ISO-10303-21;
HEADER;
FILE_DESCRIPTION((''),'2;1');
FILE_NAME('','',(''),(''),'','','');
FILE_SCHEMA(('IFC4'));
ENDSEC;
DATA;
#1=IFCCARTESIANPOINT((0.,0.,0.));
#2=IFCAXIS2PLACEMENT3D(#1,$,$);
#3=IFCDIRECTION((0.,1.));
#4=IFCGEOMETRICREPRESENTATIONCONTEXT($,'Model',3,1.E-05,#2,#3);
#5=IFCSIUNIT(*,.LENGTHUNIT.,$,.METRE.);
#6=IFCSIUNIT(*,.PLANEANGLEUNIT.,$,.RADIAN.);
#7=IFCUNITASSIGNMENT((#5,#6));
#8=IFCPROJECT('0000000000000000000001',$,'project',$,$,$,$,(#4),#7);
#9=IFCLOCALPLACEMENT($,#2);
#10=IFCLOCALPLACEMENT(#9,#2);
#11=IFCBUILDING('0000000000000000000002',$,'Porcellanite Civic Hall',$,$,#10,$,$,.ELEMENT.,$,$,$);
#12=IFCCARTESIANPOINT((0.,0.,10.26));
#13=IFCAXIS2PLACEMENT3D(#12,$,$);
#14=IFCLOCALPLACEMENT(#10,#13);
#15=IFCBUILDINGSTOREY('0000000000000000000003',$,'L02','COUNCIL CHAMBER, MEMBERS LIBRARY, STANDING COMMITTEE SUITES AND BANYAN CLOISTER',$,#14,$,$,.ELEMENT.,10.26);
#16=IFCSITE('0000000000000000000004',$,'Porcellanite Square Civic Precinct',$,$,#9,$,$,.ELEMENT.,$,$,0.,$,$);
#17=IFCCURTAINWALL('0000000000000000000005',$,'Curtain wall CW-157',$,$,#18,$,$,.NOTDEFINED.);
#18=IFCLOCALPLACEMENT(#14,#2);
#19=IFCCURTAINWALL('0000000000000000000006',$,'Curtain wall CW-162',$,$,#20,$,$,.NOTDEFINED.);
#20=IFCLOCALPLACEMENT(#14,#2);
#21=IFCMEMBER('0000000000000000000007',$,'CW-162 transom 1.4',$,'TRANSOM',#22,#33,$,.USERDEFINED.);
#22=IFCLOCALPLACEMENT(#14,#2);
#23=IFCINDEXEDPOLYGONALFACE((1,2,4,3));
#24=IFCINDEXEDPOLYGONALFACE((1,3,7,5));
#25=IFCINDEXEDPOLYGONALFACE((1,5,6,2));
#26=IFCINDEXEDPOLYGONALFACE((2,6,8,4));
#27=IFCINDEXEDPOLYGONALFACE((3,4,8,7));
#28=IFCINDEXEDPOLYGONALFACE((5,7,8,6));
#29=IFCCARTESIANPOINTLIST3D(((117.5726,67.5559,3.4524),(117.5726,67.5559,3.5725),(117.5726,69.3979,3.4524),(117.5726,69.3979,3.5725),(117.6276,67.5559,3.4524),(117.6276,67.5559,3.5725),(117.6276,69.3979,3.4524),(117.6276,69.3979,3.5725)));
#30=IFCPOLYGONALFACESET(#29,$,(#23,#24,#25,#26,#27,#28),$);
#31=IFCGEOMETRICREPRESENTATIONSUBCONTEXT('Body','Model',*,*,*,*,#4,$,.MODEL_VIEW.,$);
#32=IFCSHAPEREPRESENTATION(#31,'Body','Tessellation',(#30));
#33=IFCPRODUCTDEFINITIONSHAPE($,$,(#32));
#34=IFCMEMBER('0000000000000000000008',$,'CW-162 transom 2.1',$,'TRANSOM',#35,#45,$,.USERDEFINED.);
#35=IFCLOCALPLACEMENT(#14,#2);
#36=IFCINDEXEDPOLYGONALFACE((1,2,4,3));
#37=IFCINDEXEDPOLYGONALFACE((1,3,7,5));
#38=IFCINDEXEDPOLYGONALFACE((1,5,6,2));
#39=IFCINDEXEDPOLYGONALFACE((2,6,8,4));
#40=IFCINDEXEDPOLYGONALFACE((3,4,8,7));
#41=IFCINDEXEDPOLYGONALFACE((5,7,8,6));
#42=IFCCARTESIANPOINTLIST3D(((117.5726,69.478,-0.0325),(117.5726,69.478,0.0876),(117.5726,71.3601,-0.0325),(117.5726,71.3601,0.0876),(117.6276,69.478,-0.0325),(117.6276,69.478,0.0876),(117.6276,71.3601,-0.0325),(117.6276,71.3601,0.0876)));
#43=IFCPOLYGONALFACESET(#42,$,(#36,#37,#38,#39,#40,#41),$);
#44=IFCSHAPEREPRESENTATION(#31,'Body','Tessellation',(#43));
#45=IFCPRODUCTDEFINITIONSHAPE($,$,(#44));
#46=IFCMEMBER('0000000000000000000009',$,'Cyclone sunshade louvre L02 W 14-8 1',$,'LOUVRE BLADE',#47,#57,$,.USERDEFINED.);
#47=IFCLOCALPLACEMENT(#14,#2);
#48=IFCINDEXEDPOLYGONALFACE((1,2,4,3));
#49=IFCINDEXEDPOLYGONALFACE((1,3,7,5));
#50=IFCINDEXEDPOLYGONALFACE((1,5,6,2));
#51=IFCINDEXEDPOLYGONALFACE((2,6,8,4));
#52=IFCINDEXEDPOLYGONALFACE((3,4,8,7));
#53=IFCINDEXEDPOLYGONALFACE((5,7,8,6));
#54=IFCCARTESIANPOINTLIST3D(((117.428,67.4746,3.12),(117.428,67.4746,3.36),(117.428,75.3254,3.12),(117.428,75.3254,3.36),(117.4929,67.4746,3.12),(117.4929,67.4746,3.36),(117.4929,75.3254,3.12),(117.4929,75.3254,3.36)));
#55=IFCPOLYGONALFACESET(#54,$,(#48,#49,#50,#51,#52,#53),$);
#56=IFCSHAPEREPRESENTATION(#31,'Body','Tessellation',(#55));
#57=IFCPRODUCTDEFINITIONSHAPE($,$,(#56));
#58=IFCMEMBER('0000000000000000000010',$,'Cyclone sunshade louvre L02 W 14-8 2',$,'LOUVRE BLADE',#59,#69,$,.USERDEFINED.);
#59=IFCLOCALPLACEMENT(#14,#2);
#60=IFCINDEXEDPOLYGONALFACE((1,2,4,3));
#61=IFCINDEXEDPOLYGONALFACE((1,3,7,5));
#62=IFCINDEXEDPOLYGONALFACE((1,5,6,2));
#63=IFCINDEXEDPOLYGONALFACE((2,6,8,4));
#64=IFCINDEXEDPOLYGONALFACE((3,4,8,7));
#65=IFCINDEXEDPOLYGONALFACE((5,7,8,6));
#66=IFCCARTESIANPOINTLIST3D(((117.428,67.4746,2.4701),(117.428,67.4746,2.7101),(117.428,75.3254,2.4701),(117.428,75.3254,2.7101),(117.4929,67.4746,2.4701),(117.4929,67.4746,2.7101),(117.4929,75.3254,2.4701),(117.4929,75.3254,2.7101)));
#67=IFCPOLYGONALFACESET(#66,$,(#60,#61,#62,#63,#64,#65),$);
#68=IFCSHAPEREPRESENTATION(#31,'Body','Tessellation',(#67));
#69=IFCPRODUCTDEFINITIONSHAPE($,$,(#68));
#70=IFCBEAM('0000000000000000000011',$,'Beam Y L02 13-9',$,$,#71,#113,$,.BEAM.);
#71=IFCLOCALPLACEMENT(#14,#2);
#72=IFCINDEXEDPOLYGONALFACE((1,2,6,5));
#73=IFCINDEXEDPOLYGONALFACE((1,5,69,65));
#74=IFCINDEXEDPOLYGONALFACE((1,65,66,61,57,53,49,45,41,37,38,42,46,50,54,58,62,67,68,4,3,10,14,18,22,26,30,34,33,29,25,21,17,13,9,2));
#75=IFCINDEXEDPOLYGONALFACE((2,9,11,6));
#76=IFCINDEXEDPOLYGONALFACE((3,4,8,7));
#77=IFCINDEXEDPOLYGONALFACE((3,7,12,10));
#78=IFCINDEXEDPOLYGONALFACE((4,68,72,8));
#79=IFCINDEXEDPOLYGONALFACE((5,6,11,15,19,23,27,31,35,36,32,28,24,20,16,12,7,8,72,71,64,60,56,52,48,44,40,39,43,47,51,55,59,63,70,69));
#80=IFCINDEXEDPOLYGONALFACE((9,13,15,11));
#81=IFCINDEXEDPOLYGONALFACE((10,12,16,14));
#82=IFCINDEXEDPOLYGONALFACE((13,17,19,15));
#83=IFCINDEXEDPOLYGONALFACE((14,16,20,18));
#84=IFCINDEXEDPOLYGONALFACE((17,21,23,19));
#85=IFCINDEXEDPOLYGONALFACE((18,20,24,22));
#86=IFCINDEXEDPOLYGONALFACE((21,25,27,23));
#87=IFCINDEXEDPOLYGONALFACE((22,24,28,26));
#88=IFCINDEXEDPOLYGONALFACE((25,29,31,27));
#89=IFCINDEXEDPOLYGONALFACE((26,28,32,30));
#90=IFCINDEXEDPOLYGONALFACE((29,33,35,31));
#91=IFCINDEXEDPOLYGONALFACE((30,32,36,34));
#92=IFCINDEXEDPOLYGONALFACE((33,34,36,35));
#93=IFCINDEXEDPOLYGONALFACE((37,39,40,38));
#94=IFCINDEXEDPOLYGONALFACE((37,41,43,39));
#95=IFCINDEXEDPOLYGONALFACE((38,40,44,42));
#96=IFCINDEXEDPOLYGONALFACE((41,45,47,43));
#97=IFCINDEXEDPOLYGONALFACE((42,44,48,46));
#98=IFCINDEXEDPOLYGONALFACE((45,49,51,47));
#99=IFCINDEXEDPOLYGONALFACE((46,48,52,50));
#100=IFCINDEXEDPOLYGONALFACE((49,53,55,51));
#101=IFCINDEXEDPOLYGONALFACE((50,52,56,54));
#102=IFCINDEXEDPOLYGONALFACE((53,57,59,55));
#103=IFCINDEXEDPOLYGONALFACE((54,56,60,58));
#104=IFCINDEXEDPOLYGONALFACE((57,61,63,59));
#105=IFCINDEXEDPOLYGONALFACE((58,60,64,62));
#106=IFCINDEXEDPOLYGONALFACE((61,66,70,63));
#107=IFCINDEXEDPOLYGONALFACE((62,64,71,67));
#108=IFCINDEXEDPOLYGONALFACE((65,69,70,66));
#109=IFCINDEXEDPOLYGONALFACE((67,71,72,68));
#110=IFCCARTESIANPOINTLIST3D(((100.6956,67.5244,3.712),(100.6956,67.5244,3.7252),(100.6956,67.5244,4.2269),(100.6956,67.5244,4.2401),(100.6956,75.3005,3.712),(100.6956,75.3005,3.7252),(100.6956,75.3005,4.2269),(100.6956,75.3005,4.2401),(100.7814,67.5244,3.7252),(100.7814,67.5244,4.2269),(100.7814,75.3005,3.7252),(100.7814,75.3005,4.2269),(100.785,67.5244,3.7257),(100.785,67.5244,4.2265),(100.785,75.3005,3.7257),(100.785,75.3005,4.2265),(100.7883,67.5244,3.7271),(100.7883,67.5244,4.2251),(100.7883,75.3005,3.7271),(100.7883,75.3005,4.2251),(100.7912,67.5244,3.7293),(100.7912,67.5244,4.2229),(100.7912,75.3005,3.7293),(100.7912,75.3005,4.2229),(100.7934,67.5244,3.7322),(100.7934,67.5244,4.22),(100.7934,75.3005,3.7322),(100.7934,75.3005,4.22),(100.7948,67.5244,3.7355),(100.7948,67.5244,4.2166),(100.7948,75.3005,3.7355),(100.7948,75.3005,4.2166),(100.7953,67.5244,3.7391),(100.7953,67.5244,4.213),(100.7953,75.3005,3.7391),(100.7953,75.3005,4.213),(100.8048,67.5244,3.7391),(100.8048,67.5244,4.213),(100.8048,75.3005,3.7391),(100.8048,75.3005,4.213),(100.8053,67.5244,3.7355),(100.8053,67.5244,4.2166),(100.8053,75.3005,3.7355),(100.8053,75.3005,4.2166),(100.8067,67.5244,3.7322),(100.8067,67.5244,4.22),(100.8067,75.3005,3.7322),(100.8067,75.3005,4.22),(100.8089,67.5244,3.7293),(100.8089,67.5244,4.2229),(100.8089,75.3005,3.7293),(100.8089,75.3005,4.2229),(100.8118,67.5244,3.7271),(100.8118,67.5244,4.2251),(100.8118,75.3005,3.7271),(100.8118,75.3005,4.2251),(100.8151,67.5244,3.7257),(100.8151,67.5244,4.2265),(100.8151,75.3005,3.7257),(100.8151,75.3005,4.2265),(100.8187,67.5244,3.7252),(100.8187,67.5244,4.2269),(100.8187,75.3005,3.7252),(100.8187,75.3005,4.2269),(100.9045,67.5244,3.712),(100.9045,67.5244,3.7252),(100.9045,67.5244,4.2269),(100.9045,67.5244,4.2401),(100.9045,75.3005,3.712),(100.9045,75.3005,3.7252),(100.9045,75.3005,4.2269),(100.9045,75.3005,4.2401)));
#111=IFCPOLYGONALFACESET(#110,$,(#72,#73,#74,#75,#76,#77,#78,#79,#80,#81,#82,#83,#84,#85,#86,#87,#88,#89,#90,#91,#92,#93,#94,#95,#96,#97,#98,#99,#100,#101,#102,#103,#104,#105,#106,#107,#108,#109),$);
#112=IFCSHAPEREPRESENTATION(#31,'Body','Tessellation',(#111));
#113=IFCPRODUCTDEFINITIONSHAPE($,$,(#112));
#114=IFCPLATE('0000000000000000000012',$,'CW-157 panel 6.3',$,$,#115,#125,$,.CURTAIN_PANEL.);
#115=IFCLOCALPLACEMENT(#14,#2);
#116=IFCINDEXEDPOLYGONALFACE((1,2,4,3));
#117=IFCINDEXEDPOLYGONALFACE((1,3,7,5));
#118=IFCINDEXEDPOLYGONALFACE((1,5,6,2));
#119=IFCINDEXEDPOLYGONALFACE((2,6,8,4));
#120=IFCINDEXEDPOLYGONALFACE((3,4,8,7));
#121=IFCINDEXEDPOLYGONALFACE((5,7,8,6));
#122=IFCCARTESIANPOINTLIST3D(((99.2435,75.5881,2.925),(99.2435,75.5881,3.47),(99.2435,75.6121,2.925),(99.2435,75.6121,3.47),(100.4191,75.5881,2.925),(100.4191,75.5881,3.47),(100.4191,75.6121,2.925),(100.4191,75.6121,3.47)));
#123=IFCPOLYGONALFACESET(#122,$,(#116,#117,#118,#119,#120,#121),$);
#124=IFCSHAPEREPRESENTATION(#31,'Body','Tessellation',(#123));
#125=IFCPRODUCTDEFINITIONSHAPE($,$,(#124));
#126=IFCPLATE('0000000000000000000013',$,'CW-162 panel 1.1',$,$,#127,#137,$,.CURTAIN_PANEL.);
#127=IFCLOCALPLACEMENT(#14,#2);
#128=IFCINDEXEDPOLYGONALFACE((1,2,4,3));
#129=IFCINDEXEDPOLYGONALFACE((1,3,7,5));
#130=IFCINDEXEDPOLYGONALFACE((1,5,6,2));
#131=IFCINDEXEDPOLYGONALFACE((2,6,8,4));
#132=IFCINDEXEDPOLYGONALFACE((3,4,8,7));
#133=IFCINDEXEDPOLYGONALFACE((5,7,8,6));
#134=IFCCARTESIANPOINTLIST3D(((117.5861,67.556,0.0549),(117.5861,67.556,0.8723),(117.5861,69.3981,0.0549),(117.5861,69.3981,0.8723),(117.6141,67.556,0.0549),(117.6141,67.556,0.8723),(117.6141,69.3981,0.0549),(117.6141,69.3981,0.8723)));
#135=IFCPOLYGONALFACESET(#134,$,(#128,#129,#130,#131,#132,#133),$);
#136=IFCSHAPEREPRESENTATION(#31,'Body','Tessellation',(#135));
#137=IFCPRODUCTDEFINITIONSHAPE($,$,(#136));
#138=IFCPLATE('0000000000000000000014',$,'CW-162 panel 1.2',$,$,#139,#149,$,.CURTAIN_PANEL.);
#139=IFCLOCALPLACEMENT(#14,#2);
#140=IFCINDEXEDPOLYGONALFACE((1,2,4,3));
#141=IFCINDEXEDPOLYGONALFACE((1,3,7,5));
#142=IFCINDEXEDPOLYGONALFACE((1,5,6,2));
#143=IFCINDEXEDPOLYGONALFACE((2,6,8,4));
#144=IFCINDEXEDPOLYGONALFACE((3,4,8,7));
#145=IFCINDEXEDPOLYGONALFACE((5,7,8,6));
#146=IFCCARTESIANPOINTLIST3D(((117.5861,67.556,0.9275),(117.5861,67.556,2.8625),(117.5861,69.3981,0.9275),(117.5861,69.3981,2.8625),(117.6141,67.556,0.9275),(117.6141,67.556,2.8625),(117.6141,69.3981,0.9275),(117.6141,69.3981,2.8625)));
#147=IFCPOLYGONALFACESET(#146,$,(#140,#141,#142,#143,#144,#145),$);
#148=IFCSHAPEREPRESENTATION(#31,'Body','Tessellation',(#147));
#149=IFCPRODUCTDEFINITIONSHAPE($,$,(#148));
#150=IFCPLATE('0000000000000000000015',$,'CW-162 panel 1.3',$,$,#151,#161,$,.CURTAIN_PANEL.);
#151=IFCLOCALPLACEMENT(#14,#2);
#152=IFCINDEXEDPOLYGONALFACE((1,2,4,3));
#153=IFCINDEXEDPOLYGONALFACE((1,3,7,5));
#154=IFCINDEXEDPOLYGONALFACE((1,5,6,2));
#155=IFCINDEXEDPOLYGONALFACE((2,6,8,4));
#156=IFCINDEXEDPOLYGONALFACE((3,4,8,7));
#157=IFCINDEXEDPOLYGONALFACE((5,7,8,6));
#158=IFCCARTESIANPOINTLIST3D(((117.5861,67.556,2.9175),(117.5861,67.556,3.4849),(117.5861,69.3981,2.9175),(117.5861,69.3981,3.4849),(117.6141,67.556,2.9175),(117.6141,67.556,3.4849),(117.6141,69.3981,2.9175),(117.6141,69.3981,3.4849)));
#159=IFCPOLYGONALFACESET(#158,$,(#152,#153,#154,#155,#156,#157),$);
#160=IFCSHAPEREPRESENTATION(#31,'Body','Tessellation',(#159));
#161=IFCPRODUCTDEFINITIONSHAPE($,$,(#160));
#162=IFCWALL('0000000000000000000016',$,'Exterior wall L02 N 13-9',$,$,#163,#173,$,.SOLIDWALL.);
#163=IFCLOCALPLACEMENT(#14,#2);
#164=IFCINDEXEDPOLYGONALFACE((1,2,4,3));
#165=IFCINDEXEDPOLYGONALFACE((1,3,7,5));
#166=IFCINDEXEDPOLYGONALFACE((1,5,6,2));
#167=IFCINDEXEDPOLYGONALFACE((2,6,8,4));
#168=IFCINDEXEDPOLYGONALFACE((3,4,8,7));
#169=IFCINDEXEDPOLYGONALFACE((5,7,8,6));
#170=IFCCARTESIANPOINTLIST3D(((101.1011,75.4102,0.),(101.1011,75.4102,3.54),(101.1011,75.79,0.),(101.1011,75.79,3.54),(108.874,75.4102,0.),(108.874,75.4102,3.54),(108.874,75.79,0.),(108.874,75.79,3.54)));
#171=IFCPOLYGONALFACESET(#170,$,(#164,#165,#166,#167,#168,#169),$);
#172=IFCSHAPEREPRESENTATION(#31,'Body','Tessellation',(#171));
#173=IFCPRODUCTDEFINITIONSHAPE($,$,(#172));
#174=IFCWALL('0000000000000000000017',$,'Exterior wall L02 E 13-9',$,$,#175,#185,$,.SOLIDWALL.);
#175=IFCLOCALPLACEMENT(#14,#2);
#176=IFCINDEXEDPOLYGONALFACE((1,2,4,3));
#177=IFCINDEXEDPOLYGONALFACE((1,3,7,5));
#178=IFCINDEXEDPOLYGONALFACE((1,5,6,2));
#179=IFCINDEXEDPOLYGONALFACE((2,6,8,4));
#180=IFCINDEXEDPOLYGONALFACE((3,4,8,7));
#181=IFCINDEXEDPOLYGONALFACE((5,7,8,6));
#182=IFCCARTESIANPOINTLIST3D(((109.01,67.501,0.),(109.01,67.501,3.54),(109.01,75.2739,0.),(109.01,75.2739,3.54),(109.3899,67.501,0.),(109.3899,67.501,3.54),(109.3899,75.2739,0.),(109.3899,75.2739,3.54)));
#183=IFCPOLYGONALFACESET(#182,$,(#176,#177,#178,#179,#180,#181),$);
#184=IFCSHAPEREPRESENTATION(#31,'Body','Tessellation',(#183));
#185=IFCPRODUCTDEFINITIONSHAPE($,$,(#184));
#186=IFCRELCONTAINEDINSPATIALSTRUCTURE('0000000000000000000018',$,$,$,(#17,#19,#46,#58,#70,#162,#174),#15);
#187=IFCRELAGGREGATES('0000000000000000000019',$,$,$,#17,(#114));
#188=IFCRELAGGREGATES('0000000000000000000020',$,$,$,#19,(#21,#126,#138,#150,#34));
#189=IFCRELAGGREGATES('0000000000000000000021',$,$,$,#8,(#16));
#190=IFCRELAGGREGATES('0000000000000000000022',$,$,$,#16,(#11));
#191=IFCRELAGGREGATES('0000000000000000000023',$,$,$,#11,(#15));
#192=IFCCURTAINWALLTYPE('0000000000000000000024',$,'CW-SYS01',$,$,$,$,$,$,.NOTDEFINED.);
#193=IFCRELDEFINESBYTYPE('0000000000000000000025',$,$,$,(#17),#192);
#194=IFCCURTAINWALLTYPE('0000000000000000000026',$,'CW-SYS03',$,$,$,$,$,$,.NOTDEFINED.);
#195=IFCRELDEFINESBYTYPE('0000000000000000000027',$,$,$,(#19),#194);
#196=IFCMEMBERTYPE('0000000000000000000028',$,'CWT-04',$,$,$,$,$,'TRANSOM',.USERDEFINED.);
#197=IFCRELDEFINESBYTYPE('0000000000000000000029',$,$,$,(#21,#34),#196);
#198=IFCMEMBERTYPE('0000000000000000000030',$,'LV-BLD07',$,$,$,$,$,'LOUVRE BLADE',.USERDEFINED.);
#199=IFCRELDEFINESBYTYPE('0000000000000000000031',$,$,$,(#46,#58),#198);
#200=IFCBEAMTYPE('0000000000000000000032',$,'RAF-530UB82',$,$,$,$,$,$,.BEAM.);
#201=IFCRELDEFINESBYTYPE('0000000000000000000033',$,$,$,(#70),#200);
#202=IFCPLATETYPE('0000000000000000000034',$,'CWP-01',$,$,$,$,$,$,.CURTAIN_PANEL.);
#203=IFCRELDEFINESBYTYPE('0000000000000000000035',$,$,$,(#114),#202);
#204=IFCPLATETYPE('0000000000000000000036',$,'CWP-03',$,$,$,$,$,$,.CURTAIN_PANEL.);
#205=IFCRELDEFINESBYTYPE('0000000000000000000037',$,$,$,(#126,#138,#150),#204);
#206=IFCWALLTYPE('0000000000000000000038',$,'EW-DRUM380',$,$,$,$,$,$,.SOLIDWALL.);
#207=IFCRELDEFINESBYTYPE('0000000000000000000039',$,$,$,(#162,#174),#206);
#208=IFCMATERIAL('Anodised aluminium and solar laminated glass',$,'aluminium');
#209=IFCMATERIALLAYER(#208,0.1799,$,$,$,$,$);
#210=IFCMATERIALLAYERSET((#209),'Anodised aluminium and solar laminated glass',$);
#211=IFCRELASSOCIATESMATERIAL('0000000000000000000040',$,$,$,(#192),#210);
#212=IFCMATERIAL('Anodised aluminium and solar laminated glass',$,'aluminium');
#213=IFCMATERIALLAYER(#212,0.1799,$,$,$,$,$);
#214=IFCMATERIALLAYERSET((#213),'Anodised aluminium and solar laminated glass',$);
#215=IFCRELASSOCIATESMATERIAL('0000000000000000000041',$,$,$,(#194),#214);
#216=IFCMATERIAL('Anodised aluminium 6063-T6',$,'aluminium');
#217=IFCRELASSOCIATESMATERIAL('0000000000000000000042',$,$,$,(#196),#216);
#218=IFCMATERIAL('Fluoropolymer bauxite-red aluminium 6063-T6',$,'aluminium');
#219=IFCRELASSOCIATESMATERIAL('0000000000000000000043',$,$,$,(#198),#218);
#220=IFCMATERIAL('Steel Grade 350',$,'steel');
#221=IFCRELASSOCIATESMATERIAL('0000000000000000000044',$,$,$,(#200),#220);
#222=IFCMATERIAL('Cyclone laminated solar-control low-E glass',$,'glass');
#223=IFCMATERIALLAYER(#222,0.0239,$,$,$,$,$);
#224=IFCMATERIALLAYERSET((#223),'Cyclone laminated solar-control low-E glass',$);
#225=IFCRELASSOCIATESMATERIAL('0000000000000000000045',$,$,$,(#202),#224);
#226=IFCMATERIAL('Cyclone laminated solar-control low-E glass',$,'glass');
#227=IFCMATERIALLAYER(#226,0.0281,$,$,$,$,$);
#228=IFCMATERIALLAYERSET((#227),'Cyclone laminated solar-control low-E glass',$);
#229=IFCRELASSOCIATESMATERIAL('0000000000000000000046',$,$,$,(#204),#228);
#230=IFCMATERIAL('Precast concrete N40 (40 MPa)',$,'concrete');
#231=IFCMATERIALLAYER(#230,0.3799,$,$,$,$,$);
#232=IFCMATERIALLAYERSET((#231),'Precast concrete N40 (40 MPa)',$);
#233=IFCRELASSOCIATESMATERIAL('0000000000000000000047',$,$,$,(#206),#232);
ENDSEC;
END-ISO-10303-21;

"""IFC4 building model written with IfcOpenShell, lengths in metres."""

from ifc_helpers import new_model, si_unit, direction, frame, frame_2d, origin, origin_2d, place, context, subcontext, project, spatial, rectangle, i_section, extrude, material, layer, layer_set, material_profile, profile_set, type_object, element, aggregate, save


model = new_model("IFC4")

# Units and contexts
model_context = context("Model", 3, precision=1e-05, world=origin(), true_north=direction((0.0, 1.0)))
body_context = subcontext(model_context, "Body", "Model", "MODEL_VIEW")
ifc_project = project(units=[si_unit("LENGTHUNIT", "METRE"), si_unit("PLANEANGLEUNIT", "RADIAN")], contexts=[model_context])

# Site, building, storey
site_placement = place(None, origin())
site = spatial("IfcSite", under=ifc_project, at=site_placement, Name="Porcellanite Square Civic Precinct", CompositionType="ELEMENT", RefElevation=0.0)
building_placement = place(site_placement, origin())
building = spatial("IfcBuilding", under=site, at=building_placement, Name="Porcellanite Civic Hall", CompositionType="ELEMENT")
storey_placement = place(building_placement, frame((0.0, 0.0, 10.26)))
storey = spatial("IfcBuildingStorey", under=building, at=storey_placement, Name="L02", Description="COUNCIL CHAMBER, MEMBERS LIBRARY, STANDING COMMITTEE SUITES AND BANYAN CLOISTER", CompositionType="ELEMENT", Elevation=10.26)

# Curtain wall
ifc_material_1 = material(Name="Anodised aluminium and solar laminated glass", Category="aluminium")
ifc_layer_1 = layer(ifc_material_1, 0.1799)
ifc_layer_set_1 = layer_set([ifc_layer_1], Name="Anodised aluminium and solar laminated glass")
curtain_wall_type_1 = type_object("IfcCurtainWallType", Name="CW-SYS01", PredefinedType="NOTDEFINED", material=ifc_layer_set_1)
curtain_wall_1_placement = place(storey_placement, origin())
curtain_wall_1 = element("IfcCurtainWall", 1, at=curtain_wall_1_placement, inside=storey, type_object=curtain_wall_type_1, Name="Curtain wall CW-157", PredefinedType="NOTDEFINED")

# Curtain wall, members
ifc_material_2 = material(Name="Anodised aluminium and solar laminated glass", Category="aluminium")
ifc_layer_2 = layer(ifc_material_2, 0.1799)
ifc_layer_set_2 = layer_set([ifc_layer_2], Name="Anodised aluminium and solar laminated glass")
curtain_wall_type_2 = type_object("IfcCurtainWallType", Name="CW-SYS03", PredefinedType="NOTDEFINED", material=ifc_layer_set_2)
curtain_wall_2_placement = place(storey_placement, origin())
curtain_wall_2 = element("IfcCurtainWall", 2, at=curtain_wall_2_placement, inside=storey, type_object=curtain_wall_type_2, Name="Curtain wall CW-162", PredefinedType="NOTDEFINED")
ifc_material_3 = material(Name="Anodised aluminium 6063-T6", Category="aluminium")
ifc_material_profile_1 = material_profile(ifc_material_3, rectangle(XDim=0.0549, YDim=0.1201, at=origin_2d()), Name="AL-55x120")
ifc_profile_set_1 = profile_set([ifc_material_profile_1], Name="Anodised aluminium 6063-T6")
member_type_1 = type_object("IfcMemberType", Name="CWT-04", ElementType="TRANSOM", PredefinedType="USERDEFINED", material=ifc_profile_set_1)
member_1_placement = place(storey_placement, frame((117.6001, 67.5559, 3.5125), z_axis=(0.0, 1.0, 0.0), x_axis=(-1.0, 0.0, 0.0)))
member_1 = element("IfcMember", 3, at=member_1_placement, type_object=member_type_1, Name="CW-162 transom 1.4", ObjectType="TRANSOM", PredefinedType="USERDEFINED", context=body_context, shape_type="SweptSolid", body=[
    extrude(rectangle(XDim=0.0549, YDim=0.1201, at=origin_2d()), origin(), (0.0, 0.0, 1.0), 1.842),
])
member_2_placement = place(storey_placement, frame((117.6001, 69.478, 0.0276), z_axis=(0.0, 1.0, 0.0), x_axis=(-1.0, 0.0, 0.0)))
member_2 = element("IfcMember", 4, at=member_2_placement, type_object=member_type_1, Name="CW-162 transom 2.1", ObjectType="TRANSOM", PredefinedType="USERDEFINED", context=body_context, shape_type="SweptSolid", body=[
    extrude(rectangle(XDim=0.0549, YDim=0.1201, at=origin_2d()), origin(), (0.0, 0.0, 1.0), 1.8821),
])

# Members
ifc_material_4 = material(Name="Fluoropolymer bauxite-red aluminium 6063-T6", Category="aluminium")
ifc_material_profile_2 = material_profile(ifc_material_4, rectangle(XDim=0.0649, YDim=0.24, at=origin_2d()), Name="AL-65x240")
ifc_profile_set_2 = profile_set([ifc_material_profile_2], Name="Fluoropolymer bauxite-red aluminium 6063-T6")
member_type_2 = type_object("IfcMemberType", Name="LV-BLD07", ElementType="LOUVRE BLADE", PredefinedType="USERDEFINED", material=ifc_profile_set_2)
for number, where, z_axis, x_axis, name in (
    (5, (117.4604, 67.4746, 3.24), (0.0, 1.0, 0.0), (-1.0, 0.0, 0.0), "Cyclone sunshade louvre L02 W 14-8 1"),
    (6, (117.4604, 67.4746, 2.5901), (0.0, 1.0, 0.0), (-1.0, 0.0, 0.0), "Cyclone sunshade louvre L02 W 14-8 2"),
):
    element("IfcMember", number, at=place(storey_placement, frame(where, z_axis=z_axis, x_axis=x_axis)), inside=storey, type_object=member_type_2, Name=name, ObjectType="LOUVRE BLADE", PredefinedType="USERDEFINED", context=body_context, shape_type="SweptSolid", body=[
        extrude(rectangle(XDim=0.0649, YDim=0.24, at=origin_2d()), origin(), (0.0, 0.0, 1.0), 7.8508),
    ])

# Beam
ifc_material_5 = material(Name="Steel Grade 350", Category="steel")
ifc_material_profile_3 = material_profile(ifc_material_5, i_section(OverallWidth=0.209, OverallDepth=0.5281, WebThickness=0.0095, FlangeThickness=0.0132, FilletRadius=0.0139, at=origin_2d()), Name="530UB82.0")
ifc_profile_set_3 = profile_set([ifc_material_profile_3], Name="Steel Grade 350")
beam_type_1 = type_object("IfcBeamType", Name="RAF-530UB82", PredefinedType="BEAM", material=ifc_profile_set_3)
beam_1_placement = place(storey_placement, frame((100.8, 67.5244, 3.9761), z_axis=(0.0, 1.0, 0.0), x_axis=(-1.0, 0.0, 0.0)))
element("IfcBeam", 7, at=beam_1_placement, inside=storey, type_object=beam_type_1, Name="Beam Y L02 13-9", PredefinedType="BEAM", context=body_context, shape_type="SweptSolid", body=[
    extrude(i_section(OverallWidth=0.209, OverallDepth=0.5281, WebThickness=0.0095, FlangeThickness=0.0132, FilletRadius=0.0139, at=origin_2d()), origin(), (0.0, 0.0, 1.0), 7.7761),
])

# Plates
ifc_material_6 = material(Name="Cyclone laminated solar-control low-E glass", Category="glass")
ifc_layer_3 = layer(ifc_material_6, 0.0239)
ifc_layer_set_3 = layer_set([ifc_layer_3], Name="Cyclone laminated solar-control low-E glass")
plate_type_1 = type_object("IfcPlateType", Name="CWP-01", PredefinedType="CURTAIN_PANEL", material=ifc_layer_set_3)
plate_1_placement = place(storey_placement, frame((99.8313, 75.6001, 2.925), z_axis=(0.0, 0.0, 1.0), x_axis=(1.0, 0.0, 0.0)))
plate_1 = element("IfcPlate", 8, at=plate_1_placement, type_object=plate_type_1, Name="CW-157 panel 6.3", PredefinedType="CURTAIN_PANEL", context=body_context, shape_type="SweptSolid", body=[
    extrude(rectangle(XDim=1.1755, YDim=0.0239, at=origin_2d()), origin(), (0.0, 0.0, 1.0), 0.5449),
])
aggregate(curtain_wall_1, [plate_1])
ifc_material_7 = material(Name="Cyclone laminated solar-control low-E glass", Category="glass")
ifc_layer_4 = layer(ifc_material_7, 0.0281)
ifc_layer_set_4 = layer_set([ifc_layer_4], Name="Cyclone laminated solar-control low-E glass")
plate_type_2 = type_object("IfcPlateType", Name="CWP-03", PredefinedType="CURTAIN_PANEL", material=ifc_layer_set_4)
plate_2_placement = place(storey_placement, frame((117.6001, 68.4771, 0.0549), z_axis=(0.0, 0.0, 1.0), x_axis=(0.0, 1.0, 0.0)))
plate_2 = element("IfcPlate", 9, at=plate_2_placement, type_object=plate_type_2, Name="CW-162 panel 1.1", PredefinedType="CURTAIN_PANEL", context=body_context, shape_type="SweptSolid", body=[
    extrude(rectangle(XDim=1.842, YDim=0.0281, at=origin_2d()), origin(), (0.0, 0.0, 1.0), 0.8174),
])
plate_3_placement = place(storey_placement, frame((117.6001, 68.4771, 0.9275), z_axis=(0.0, 0.0, 1.0), x_axis=(0.0, 1.0, 0.0)))
plate_3 = element("IfcPlate", 10, at=plate_3_placement, type_object=plate_type_2, Name="CW-162 panel 1.2", PredefinedType="CURTAIN_PANEL", context=body_context, shape_type="SweptSolid", body=[
    extrude(rectangle(XDim=1.842, YDim=0.0281, at=origin_2d()), origin(), (0.0, 0.0, 1.0), 1.9351),
])
plate_4_placement = place(storey_placement, frame((117.6001, 68.4771, 2.9175), z_axis=(0.0, 0.0, 1.0), x_axis=(0.0, 1.0, 0.0)))
plate_4 = element("IfcPlate", 11, at=plate_4_placement, type_object=plate_type_2, Name="CW-162 panel 1.3", PredefinedType="CURTAIN_PANEL", context=body_context, shape_type="SweptSolid", body=[
    extrude(rectangle(XDim=1.842, YDim=0.0281, at=origin_2d()), origin(), (0.0, 0.0, 1.0), 0.5674),
])
aggregate(curtain_wall_2, [member_1, plate_2, plate_3, plate_4, member_2])

# Walls
ifc_material_8 = material(Name="Precast concrete N40 (40 MPa)", Category="concrete")
ifc_layer_5 = layer(ifc_material_8, 0.3799)
ifc_layer_set_5 = layer_set([ifc_layer_5], Name="Precast concrete N40 (40 MPa)")
wall_type_1 = type_object("IfcWallType", Name="EW-DRUM380", PredefinedType="SOLIDWALL", material=ifc_layer_set_5)
for number, where, z_axis, x_axis, name in (
    (12, (101.1011, 75.6001, 0.0), (0.0, 0.0, 1.0), (1.0, 0.0, 0.0), "Exterior wall L02 N 13-9"),
    (13, (109.2, 75.2739, 0.0), (0.0, 0.0, 1.0), (0.0, -1.0, 0.0), "Exterior wall L02 E 13-9"),
):
    element("IfcWall", number, at=place(storey_placement, frame(where, z_axis=z_axis, x_axis=x_axis)), inside=storey, type_object=wall_type_1, Name=name, PredefinedType="SOLIDWALL", context=body_context, shape_type="SweptSolid", body=[
        extrude(rectangle(XDim=7.7729, YDim=0.3799, at=frame_2d((3.8865, 0.0))), origin(), (0.0, 0.0, 1.0), 3.54),
    ])

save(model, "model.ifc")
